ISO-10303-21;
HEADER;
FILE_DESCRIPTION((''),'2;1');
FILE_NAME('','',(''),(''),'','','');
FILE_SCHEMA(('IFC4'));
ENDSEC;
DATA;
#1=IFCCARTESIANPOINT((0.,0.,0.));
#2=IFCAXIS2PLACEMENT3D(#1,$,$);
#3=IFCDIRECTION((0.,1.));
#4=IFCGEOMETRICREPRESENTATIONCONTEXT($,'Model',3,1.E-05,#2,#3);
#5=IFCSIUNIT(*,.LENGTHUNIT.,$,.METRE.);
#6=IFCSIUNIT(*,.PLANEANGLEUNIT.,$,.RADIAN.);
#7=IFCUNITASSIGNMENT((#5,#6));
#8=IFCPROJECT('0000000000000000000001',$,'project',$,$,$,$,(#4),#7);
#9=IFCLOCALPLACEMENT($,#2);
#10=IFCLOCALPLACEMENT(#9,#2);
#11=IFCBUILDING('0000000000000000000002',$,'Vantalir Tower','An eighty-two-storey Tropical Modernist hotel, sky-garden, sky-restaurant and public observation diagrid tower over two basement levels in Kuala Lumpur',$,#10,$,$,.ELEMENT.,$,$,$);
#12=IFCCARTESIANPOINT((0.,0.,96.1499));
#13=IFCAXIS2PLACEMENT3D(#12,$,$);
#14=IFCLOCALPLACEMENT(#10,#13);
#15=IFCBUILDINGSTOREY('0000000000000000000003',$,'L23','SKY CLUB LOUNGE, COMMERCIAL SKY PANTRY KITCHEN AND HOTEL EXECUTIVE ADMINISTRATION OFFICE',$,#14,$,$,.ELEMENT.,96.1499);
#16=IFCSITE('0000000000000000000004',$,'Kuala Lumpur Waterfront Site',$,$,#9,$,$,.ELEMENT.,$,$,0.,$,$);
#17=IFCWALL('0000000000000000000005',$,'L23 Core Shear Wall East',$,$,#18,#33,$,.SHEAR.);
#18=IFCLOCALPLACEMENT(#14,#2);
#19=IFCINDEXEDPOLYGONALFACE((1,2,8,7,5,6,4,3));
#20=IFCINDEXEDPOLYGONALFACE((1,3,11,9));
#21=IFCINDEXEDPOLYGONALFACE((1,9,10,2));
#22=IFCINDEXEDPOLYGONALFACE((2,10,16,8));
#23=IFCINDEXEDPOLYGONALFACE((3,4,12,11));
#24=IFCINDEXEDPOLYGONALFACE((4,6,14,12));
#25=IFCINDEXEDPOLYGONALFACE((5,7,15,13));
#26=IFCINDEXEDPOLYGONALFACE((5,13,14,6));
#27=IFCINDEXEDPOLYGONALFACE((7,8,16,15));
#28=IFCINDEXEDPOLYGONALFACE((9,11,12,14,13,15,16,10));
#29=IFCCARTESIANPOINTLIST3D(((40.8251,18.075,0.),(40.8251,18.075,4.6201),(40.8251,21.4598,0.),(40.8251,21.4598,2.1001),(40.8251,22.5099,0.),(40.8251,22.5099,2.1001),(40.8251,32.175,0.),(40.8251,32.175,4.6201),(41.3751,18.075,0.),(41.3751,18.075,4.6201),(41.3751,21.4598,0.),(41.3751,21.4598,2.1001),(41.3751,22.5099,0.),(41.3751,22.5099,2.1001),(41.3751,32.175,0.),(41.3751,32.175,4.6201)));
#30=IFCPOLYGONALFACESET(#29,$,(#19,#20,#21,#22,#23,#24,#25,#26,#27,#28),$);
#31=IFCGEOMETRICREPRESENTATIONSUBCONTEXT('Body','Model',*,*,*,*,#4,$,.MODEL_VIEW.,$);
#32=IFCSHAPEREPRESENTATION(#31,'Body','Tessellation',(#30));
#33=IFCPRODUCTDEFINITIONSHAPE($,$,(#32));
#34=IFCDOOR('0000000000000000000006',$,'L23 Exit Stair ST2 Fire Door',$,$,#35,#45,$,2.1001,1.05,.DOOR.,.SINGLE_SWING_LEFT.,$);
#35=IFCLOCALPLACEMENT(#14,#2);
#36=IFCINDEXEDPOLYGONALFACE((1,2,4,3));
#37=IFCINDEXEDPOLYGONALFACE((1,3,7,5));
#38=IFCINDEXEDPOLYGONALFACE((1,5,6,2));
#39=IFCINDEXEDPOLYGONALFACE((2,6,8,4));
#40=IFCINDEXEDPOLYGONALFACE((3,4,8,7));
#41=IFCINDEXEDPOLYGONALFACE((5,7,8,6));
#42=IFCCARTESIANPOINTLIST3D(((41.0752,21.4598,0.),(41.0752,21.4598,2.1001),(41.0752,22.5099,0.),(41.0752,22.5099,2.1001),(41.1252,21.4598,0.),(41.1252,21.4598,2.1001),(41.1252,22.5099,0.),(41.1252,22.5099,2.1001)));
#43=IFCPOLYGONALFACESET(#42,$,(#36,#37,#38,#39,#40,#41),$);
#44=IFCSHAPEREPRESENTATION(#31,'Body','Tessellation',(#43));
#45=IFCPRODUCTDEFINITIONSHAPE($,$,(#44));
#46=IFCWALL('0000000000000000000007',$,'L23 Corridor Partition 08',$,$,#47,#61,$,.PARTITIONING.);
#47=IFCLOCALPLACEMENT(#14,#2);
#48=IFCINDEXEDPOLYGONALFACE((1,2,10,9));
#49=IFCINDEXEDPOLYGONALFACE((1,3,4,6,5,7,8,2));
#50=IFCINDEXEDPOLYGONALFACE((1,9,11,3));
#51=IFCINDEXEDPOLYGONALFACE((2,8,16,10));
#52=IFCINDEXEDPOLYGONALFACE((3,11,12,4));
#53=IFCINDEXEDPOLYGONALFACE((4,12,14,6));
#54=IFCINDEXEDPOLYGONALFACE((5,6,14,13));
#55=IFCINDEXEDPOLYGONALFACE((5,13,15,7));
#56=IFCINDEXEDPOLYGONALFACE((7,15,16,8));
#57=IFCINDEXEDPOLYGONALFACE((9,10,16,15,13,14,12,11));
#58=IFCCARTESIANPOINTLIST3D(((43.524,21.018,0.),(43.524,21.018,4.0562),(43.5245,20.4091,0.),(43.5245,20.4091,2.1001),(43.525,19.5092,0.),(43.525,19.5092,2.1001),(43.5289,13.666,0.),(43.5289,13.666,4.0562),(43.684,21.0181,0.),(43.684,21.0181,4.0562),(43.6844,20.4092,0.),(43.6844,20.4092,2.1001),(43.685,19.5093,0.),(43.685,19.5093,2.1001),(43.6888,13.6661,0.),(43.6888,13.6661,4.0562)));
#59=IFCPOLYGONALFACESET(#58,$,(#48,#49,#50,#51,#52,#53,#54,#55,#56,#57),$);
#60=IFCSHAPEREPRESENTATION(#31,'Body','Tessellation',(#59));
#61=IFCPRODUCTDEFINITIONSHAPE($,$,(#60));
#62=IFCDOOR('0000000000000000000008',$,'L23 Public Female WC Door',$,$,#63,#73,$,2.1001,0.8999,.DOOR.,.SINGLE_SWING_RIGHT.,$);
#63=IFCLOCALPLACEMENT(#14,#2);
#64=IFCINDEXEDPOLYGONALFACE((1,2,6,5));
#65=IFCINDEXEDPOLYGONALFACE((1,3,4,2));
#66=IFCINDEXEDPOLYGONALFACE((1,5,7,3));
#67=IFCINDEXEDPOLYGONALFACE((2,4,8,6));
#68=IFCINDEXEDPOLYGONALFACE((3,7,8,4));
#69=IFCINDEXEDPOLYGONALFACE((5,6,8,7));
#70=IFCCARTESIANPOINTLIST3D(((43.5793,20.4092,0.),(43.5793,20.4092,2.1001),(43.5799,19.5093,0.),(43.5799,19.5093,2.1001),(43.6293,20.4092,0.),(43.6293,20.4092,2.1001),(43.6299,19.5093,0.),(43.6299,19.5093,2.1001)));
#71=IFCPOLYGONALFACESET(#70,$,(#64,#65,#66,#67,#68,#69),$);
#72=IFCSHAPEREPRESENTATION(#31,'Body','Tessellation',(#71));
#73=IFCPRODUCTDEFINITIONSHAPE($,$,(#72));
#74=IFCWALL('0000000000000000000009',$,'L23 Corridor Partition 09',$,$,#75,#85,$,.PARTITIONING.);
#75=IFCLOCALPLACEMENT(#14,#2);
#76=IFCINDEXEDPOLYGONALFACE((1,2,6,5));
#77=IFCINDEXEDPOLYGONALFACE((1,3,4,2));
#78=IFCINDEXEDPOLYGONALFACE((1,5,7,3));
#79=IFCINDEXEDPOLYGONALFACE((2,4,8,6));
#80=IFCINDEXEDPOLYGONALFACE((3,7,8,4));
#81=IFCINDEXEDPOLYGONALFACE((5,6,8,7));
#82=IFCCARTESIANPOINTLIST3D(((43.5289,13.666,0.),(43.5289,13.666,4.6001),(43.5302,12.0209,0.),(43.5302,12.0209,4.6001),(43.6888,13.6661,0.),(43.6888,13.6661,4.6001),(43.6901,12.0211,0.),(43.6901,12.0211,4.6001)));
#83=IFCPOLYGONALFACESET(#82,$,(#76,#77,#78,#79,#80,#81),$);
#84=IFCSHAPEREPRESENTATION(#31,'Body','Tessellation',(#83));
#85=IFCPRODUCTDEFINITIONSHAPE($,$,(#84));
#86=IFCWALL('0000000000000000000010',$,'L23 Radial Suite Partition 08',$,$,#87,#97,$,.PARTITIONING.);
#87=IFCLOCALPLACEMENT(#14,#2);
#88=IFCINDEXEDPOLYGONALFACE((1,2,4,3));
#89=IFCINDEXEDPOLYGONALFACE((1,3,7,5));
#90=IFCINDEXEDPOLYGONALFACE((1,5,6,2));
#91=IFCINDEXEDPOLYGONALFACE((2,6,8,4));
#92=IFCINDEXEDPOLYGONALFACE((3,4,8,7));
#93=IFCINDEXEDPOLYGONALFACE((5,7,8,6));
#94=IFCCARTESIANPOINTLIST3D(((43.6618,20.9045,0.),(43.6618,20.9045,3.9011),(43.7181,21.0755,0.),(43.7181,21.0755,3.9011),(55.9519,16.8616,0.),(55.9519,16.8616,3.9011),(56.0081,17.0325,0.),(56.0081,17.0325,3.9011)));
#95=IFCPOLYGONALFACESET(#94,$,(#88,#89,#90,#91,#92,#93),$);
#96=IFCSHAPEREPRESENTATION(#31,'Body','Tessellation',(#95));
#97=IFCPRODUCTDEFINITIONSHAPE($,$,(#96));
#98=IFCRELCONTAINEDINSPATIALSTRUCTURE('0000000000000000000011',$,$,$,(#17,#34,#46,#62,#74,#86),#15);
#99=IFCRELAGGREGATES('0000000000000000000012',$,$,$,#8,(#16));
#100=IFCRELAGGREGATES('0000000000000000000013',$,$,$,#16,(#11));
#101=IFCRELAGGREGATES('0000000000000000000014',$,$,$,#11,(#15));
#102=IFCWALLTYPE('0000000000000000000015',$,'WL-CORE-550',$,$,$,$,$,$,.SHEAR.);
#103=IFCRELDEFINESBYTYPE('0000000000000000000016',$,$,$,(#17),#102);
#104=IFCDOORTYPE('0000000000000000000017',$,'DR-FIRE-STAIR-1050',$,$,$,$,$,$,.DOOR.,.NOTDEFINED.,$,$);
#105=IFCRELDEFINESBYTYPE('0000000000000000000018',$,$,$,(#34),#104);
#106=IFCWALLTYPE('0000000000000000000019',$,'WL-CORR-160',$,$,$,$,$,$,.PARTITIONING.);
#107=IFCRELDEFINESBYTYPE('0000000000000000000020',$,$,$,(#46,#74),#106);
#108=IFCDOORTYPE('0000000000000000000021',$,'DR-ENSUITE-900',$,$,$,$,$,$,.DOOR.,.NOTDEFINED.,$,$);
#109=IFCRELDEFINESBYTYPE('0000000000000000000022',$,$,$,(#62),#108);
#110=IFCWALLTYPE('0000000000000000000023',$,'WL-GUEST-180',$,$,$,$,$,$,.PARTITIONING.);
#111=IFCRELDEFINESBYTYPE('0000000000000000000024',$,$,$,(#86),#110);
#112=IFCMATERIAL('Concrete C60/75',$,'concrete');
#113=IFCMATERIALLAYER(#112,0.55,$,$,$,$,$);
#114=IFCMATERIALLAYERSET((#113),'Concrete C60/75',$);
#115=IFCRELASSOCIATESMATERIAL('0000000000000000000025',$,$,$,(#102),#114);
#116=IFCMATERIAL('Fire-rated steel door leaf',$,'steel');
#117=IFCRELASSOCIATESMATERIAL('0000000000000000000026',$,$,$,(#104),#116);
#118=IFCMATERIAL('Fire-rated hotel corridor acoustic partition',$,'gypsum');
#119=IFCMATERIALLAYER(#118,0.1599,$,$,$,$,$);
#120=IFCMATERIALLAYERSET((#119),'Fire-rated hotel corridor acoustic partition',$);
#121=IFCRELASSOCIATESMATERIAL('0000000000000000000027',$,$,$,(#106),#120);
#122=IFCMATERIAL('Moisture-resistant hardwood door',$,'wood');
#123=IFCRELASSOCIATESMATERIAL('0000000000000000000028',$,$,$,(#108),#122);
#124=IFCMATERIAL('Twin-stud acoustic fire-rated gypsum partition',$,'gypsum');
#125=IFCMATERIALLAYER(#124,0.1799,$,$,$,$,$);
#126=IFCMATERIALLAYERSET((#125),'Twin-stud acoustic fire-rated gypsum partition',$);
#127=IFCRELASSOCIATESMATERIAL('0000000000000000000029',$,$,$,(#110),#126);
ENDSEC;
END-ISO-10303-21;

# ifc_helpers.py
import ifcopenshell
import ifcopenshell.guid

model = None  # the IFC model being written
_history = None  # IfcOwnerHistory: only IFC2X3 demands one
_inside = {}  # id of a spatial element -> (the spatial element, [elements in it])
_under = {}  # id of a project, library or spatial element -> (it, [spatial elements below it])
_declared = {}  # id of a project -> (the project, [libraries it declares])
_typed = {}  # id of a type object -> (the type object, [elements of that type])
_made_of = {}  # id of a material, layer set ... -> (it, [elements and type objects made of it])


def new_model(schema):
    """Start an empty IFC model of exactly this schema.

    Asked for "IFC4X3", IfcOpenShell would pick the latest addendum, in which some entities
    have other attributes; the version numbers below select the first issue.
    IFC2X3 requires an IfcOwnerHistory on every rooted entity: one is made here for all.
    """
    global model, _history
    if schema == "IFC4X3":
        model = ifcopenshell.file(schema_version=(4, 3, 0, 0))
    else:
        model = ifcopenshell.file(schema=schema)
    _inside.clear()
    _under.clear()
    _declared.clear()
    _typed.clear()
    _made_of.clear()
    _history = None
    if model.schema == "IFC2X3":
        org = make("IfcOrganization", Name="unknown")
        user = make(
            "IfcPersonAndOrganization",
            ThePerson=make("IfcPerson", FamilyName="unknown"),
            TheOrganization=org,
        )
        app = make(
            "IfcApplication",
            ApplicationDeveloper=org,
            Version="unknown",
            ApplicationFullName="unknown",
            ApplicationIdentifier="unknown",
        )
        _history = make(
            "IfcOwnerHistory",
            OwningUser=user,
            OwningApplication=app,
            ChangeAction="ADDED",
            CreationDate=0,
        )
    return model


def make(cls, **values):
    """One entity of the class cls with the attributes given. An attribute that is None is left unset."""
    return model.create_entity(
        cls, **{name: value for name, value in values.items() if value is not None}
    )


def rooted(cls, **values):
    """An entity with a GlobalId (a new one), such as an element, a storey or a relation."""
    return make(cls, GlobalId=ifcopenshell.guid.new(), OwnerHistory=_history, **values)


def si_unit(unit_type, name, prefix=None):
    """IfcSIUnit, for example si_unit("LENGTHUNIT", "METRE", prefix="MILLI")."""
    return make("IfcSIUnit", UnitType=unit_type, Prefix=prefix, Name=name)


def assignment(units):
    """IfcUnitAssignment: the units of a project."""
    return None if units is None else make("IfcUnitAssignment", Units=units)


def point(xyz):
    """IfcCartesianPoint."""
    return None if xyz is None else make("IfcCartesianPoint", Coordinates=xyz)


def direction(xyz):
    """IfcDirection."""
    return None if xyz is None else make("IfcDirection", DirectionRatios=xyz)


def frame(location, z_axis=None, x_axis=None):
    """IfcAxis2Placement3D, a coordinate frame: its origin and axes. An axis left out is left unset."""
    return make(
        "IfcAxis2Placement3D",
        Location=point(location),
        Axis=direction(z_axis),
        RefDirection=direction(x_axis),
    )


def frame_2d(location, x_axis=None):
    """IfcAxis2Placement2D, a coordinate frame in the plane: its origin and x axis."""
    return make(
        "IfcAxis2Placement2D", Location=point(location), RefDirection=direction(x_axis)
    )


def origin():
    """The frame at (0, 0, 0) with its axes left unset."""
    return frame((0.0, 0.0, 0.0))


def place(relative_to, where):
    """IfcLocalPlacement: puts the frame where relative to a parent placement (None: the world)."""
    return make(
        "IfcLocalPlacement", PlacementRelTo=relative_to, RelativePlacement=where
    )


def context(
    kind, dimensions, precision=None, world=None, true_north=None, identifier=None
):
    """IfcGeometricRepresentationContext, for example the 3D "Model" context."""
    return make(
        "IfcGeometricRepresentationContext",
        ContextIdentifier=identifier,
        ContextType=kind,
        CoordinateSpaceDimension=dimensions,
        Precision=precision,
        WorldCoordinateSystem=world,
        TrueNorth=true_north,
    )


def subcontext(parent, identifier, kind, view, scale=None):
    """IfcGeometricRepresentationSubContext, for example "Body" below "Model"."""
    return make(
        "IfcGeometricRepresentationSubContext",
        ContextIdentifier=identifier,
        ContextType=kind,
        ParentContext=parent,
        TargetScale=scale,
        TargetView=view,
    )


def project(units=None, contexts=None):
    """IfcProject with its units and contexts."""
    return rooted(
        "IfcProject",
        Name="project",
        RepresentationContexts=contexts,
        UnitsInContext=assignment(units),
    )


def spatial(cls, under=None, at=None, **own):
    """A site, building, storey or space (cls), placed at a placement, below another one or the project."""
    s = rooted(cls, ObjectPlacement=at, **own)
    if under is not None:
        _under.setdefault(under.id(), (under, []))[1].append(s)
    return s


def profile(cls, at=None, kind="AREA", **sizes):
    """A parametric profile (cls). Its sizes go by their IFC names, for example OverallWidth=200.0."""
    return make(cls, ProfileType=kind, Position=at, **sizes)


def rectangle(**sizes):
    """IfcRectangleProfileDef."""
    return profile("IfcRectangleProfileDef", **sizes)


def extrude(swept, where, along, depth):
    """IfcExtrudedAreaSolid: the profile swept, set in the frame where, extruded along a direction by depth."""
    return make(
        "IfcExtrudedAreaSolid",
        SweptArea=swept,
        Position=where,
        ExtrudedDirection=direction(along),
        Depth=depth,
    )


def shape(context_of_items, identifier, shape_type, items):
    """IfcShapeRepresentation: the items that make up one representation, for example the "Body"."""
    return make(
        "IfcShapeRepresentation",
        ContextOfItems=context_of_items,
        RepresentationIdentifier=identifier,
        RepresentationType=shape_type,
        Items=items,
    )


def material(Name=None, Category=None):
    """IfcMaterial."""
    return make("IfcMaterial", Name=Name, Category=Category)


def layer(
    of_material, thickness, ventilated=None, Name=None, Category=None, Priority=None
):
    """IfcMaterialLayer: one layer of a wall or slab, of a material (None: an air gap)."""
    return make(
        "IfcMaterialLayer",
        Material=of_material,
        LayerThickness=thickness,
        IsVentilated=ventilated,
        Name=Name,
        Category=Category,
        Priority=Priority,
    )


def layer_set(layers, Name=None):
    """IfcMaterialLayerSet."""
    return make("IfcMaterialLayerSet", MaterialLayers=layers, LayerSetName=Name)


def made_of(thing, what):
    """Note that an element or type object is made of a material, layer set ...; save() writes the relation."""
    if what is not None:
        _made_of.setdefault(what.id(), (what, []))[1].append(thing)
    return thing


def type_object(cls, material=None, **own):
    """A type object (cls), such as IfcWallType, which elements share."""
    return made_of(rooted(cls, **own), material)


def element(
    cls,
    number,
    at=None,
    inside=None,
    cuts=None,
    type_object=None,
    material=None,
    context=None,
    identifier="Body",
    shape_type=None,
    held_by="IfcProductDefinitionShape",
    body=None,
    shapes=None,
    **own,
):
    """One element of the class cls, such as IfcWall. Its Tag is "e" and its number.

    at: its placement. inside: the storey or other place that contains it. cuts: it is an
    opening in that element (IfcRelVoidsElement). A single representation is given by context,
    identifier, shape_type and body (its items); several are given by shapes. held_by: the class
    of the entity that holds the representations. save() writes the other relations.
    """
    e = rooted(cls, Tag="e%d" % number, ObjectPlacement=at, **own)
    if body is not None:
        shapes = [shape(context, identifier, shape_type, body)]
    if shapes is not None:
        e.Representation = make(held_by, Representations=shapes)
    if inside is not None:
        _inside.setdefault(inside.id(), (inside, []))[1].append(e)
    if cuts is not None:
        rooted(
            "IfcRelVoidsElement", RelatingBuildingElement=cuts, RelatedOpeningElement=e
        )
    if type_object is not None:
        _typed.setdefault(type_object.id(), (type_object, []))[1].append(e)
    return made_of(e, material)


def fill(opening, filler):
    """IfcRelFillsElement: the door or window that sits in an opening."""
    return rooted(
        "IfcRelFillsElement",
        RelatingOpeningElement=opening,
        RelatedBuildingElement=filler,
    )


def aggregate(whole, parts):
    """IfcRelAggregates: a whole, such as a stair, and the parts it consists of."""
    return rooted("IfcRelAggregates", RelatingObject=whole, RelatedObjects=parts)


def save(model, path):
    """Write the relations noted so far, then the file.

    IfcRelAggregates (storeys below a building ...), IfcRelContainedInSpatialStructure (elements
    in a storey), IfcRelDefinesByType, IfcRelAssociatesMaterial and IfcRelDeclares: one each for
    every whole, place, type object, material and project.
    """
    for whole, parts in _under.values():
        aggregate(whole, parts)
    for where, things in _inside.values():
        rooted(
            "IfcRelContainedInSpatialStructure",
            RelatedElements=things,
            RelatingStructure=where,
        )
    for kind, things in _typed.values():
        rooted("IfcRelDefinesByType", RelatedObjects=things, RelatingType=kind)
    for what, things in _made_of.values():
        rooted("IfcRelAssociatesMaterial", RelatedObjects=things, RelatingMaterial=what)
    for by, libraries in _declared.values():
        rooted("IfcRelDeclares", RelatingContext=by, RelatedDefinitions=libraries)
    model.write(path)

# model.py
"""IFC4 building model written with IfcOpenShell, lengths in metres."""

from ifc_helpers import new_model, si_unit, direction, frame, frame_2d, origin, place, context, subcontext, project, spatial, rectangle, extrude, material, layer, layer_set, type_object, element, fill, save


model = new_model("IFC4")

# Units and contexts
model_context = context("Model", 3, precision=1e-05, world=origin(), true_north=direction((0.0, 1.0)))
body_context = subcontext(model_context, "Body", "Model", "MODEL_VIEW")
ifc_project = project(units=[si_unit("LENGTHUNIT", "METRE"), si_unit("PLANEANGLEUNIT", "RADIAN")], contexts=[model_context])

# Site, building, storey
site_placement = place(None, origin())
site = spatial("IfcSite", under=ifc_project, at=site_placement, Name="Kuala Lumpur Waterfront Site", CompositionType="ELEMENT", RefElevation=0.0)
building_placement = place(site_placement, origin())
building = spatial("IfcBuilding", under=site, at=building_placement, Name="Vantalir Tower", Description="An eighty-two-storey Tropical Modernist hotel, sky-garden, sky-restaurant and public observation diagrid tower over two basement levels in Kuala Lumpur", CompositionType="ELEMENT")
storey_placement = place(building_placement, frame((0.0, 0.0, 96.1499)))
storey = spatial("IfcBuildingStorey", under=building, at=storey_placement, Name="L23", Description="SKY CLUB LOUNGE, COMMERCIAL SKY PANTRY KITCHEN AND HOTEL EXECUTIVE ADMINISTRATION OFFICE", CompositionType="ELEMENT", Elevation=96.1499)

# Shared definitions
ifc_material_1 = material(Name="Concrete C60/75", Category="concrete")

# Walls, openings, doors
ifc_layer_1 = layer(ifc_material_1, 0.55)
ifc_layer_set_1 = layer_set([ifc_layer_1], Name="Concrete C60/75")
wall_type_1 = type_object("IfcWallType", Name="WL-CORE-550", PredefinedType="SHEAR", material=ifc_layer_set_1)
wall_1_placement = place(storey_placement, frame((41.1001, 18.075, 0.0), z_axis=(0.0, 0.0, 1.0), x_axis=(0.0, 1.0, 0.0)))
wall_1 = element("IfcWall", 1, at=wall_1_placement, inside=storey, type_object=wall_type_1, Name="L23 Core Shear Wall East", PredefinedType="SHEAR", context=body_context, shape_type="SweptSolid", body=[
    extrude(rectangle(XDim=14.1001, YDim=0.55, at=frame_2d((7.05, 0.0))), origin(), (0.0, 0.0, 1.0), 4.6201),
])
opening_1_placement = place(wall_1_placement, frame((3.385, 0.0, 0.0)))
opening_1 = element("IfcOpeningElement", 2, at=opening_1_placement, cuts=wall_1, PredefinedType="OPENING", context=body_context, shape_type="SweptSolid", body=[
    extrude(rectangle(XDim=1.05, YDim=2.1001, at=frame_2d((0.5249, 1.05))), frame((0.0, 0.2849, 0.0), z_axis=(0.0, -1.0, 0.0), x_axis=(1.0, 0.0, 0.0)), (0.0, 0.0, 1.0), 0.5701),
])
ifc_material_2 = material(Name="Fire-rated steel door leaf", Category="steel")
door_type_1 = type_object("IfcDoorType", Name="DR-FIRE-STAIR-1050", OperationType="NOTDEFINED", PredefinedType="DOOR", material=ifc_material_2)
door_1_placement = place(opening_1_placement, origin())
door_1 = element("IfcDoor", 3, at=door_1_placement, inside=storey, type_object=door_type_1, Name="L23 Exit Stair ST2 Fire Door", OperationType="SINGLE_SWING_LEFT", OverallHeight=2.1001, OverallWidth=1.05, PredefinedType="DOOR", context=body_context, shape_type="SweptSolid", body=[
    extrude(rectangle(XDim=1.05, YDim=2.1001, at=frame_2d((0.5249, 1.05))), frame((0.0, 0.0249, 0.0), z_axis=(0.0, -1.0, 0.0), x_axis=(1.0, 0.0, 0.0)), (0.0, 0.0, 1.0), 0.05),
])
fill(opening_1, door_1)
ifc_material_3 = material(Name="Fire-rated hotel corridor acoustic partition", Category="gypsum")
ifc_layer_2 = layer(ifc_material_3, 0.1599)
ifc_layer_set_2 = layer_set([ifc_layer_2], Name="Fire-rated hotel corridor acoustic partition")
wall_type_2 = type_object("IfcWallType", Name="WL-CORR-160", PredefinedType="PARTITIONING", material=ifc_layer_set_2)
wall_2_placement = place(storey_placement, frame((43.604, 21.0181, 0.0), z_axis=(0.0, 0.0, 1.0), x_axis=(0.000664, -1.0, 0.0)))
wall_2 = element("IfcWall", 4, at=wall_2_placement, inside=storey, type_object=wall_type_2, Name="L23 Corridor Partition 08", PredefinedType="PARTITIONING", context=body_context, shape_type="SweptSolid", body=[
    extrude(rectangle(XDim=7.3521, YDim=0.1599, at=frame_2d((3.676, 0.0))), origin(), (0.0, 0.0, 1.0), 4.0562),
])
opening_2_placement = place(wall_2_placement, frame((0.6089, 0.0, 0.0)))
opening_2 = element("IfcOpeningElement", 5, at=opening_2_placement, cuts=wall_2, PredefinedType="OPENING", context=body_context, shape_type="SweptSolid", body=[
    extrude(rectangle(XDim=0.8999, YDim=2.1001, at=frame_2d((0.45, 1.05))), frame((0.0, 0.0898, 0.0), z_axis=(0.0, -1.0, 0.0), x_axis=(1.0, 0.0, 0.0)), (0.0, 0.0, 1.0), 0.1799),
])
ifc_material_4 = material(Name="Moisture-resistant hardwood door", Category="wood")
door_type_2 = type_object("IfcDoorType", Name="DR-ENSUITE-900", OperationType="NOTDEFINED", PredefinedType="DOOR", material=ifc_material_4)
door_2_placement = place(opening_2_placement, origin())
door_2 = element("IfcDoor", 6, at=door_2_placement, inside=storey, type_object=door_type_2, Name="L23 Public Female WC Door", OperationType="SINGLE_SWING_RIGHT", OverallHeight=2.1001, OverallWidth=0.8999, PredefinedType="DOOR", context=body_context, shape_type="SweptSolid", body=[
    extrude(rectangle(XDim=0.8999, YDim=2.1001, at=frame_2d((0.45, 1.05))), frame((0.0, 0.0249, 0.0), z_axis=(0.0, -1.0, 0.0), x_axis=(1.0, 0.0, 0.0)), (0.0, 0.0, 1.0), 0.05),
])
fill(opening_2, door_2)

# Walls
wall_3_placement = place(storey_placement, frame((43.6089, 13.666, 0.0), z_axis=(0.0, 0.0, 1.0), x_axis=(0.000742, -1.0, 0.0)))
element("IfcWall", 7, at=wall_3_placement, inside=storey, type_object=wall_type_2, Name="L23 Corridor Partition 09", PredefinedType="PARTITIONING", context=body_context, shape_type="SweptSolid", body=[
    extrude(rectangle(XDim=1.645, YDim=0.1599, at=frame_2d((0.8225, 0.0))), origin(), (0.0, 0.0, 1.0), 4.6001),
])
ifc_material_5 = material(Name="Twin-stud acoustic fire-rated gypsum partition", Category="gypsum")
ifc_layer_3 = layer(ifc_material_5, 0.1799)
ifc_layer_set_3 = layer_set([ifc_layer_3], Name="Twin-stud acoustic fire-rated gypsum partition")
wall_type_3 = type_object("IfcWallType", Name="WL-GUEST-180", PredefinedType="PARTITIONING", material=ifc_layer_set_3)
wall_4_placement = place(storey_placement, frame((43.6899, 20.99, 0.0), z_axis=(0.0, 0.0, 1.0), x_axis=(0.949921, -0.312489, 0.0)))
element("IfcWall", 8, at=wall_4_placement, inside=storey, type_object=wall_type_3, Name="L23 Radial Suite Partition 08", PredefinedType="PARTITIONING", context=body_context, shape_type="SweptSolid", body=[
    extrude(rectangle(XDim=12.938, YDim=0.1799, at=frame_2d((6.469, 0.0))), origin(), (0.0, 0.0, 1.0), 3.9011),
])

save(model, "model.ifc")
